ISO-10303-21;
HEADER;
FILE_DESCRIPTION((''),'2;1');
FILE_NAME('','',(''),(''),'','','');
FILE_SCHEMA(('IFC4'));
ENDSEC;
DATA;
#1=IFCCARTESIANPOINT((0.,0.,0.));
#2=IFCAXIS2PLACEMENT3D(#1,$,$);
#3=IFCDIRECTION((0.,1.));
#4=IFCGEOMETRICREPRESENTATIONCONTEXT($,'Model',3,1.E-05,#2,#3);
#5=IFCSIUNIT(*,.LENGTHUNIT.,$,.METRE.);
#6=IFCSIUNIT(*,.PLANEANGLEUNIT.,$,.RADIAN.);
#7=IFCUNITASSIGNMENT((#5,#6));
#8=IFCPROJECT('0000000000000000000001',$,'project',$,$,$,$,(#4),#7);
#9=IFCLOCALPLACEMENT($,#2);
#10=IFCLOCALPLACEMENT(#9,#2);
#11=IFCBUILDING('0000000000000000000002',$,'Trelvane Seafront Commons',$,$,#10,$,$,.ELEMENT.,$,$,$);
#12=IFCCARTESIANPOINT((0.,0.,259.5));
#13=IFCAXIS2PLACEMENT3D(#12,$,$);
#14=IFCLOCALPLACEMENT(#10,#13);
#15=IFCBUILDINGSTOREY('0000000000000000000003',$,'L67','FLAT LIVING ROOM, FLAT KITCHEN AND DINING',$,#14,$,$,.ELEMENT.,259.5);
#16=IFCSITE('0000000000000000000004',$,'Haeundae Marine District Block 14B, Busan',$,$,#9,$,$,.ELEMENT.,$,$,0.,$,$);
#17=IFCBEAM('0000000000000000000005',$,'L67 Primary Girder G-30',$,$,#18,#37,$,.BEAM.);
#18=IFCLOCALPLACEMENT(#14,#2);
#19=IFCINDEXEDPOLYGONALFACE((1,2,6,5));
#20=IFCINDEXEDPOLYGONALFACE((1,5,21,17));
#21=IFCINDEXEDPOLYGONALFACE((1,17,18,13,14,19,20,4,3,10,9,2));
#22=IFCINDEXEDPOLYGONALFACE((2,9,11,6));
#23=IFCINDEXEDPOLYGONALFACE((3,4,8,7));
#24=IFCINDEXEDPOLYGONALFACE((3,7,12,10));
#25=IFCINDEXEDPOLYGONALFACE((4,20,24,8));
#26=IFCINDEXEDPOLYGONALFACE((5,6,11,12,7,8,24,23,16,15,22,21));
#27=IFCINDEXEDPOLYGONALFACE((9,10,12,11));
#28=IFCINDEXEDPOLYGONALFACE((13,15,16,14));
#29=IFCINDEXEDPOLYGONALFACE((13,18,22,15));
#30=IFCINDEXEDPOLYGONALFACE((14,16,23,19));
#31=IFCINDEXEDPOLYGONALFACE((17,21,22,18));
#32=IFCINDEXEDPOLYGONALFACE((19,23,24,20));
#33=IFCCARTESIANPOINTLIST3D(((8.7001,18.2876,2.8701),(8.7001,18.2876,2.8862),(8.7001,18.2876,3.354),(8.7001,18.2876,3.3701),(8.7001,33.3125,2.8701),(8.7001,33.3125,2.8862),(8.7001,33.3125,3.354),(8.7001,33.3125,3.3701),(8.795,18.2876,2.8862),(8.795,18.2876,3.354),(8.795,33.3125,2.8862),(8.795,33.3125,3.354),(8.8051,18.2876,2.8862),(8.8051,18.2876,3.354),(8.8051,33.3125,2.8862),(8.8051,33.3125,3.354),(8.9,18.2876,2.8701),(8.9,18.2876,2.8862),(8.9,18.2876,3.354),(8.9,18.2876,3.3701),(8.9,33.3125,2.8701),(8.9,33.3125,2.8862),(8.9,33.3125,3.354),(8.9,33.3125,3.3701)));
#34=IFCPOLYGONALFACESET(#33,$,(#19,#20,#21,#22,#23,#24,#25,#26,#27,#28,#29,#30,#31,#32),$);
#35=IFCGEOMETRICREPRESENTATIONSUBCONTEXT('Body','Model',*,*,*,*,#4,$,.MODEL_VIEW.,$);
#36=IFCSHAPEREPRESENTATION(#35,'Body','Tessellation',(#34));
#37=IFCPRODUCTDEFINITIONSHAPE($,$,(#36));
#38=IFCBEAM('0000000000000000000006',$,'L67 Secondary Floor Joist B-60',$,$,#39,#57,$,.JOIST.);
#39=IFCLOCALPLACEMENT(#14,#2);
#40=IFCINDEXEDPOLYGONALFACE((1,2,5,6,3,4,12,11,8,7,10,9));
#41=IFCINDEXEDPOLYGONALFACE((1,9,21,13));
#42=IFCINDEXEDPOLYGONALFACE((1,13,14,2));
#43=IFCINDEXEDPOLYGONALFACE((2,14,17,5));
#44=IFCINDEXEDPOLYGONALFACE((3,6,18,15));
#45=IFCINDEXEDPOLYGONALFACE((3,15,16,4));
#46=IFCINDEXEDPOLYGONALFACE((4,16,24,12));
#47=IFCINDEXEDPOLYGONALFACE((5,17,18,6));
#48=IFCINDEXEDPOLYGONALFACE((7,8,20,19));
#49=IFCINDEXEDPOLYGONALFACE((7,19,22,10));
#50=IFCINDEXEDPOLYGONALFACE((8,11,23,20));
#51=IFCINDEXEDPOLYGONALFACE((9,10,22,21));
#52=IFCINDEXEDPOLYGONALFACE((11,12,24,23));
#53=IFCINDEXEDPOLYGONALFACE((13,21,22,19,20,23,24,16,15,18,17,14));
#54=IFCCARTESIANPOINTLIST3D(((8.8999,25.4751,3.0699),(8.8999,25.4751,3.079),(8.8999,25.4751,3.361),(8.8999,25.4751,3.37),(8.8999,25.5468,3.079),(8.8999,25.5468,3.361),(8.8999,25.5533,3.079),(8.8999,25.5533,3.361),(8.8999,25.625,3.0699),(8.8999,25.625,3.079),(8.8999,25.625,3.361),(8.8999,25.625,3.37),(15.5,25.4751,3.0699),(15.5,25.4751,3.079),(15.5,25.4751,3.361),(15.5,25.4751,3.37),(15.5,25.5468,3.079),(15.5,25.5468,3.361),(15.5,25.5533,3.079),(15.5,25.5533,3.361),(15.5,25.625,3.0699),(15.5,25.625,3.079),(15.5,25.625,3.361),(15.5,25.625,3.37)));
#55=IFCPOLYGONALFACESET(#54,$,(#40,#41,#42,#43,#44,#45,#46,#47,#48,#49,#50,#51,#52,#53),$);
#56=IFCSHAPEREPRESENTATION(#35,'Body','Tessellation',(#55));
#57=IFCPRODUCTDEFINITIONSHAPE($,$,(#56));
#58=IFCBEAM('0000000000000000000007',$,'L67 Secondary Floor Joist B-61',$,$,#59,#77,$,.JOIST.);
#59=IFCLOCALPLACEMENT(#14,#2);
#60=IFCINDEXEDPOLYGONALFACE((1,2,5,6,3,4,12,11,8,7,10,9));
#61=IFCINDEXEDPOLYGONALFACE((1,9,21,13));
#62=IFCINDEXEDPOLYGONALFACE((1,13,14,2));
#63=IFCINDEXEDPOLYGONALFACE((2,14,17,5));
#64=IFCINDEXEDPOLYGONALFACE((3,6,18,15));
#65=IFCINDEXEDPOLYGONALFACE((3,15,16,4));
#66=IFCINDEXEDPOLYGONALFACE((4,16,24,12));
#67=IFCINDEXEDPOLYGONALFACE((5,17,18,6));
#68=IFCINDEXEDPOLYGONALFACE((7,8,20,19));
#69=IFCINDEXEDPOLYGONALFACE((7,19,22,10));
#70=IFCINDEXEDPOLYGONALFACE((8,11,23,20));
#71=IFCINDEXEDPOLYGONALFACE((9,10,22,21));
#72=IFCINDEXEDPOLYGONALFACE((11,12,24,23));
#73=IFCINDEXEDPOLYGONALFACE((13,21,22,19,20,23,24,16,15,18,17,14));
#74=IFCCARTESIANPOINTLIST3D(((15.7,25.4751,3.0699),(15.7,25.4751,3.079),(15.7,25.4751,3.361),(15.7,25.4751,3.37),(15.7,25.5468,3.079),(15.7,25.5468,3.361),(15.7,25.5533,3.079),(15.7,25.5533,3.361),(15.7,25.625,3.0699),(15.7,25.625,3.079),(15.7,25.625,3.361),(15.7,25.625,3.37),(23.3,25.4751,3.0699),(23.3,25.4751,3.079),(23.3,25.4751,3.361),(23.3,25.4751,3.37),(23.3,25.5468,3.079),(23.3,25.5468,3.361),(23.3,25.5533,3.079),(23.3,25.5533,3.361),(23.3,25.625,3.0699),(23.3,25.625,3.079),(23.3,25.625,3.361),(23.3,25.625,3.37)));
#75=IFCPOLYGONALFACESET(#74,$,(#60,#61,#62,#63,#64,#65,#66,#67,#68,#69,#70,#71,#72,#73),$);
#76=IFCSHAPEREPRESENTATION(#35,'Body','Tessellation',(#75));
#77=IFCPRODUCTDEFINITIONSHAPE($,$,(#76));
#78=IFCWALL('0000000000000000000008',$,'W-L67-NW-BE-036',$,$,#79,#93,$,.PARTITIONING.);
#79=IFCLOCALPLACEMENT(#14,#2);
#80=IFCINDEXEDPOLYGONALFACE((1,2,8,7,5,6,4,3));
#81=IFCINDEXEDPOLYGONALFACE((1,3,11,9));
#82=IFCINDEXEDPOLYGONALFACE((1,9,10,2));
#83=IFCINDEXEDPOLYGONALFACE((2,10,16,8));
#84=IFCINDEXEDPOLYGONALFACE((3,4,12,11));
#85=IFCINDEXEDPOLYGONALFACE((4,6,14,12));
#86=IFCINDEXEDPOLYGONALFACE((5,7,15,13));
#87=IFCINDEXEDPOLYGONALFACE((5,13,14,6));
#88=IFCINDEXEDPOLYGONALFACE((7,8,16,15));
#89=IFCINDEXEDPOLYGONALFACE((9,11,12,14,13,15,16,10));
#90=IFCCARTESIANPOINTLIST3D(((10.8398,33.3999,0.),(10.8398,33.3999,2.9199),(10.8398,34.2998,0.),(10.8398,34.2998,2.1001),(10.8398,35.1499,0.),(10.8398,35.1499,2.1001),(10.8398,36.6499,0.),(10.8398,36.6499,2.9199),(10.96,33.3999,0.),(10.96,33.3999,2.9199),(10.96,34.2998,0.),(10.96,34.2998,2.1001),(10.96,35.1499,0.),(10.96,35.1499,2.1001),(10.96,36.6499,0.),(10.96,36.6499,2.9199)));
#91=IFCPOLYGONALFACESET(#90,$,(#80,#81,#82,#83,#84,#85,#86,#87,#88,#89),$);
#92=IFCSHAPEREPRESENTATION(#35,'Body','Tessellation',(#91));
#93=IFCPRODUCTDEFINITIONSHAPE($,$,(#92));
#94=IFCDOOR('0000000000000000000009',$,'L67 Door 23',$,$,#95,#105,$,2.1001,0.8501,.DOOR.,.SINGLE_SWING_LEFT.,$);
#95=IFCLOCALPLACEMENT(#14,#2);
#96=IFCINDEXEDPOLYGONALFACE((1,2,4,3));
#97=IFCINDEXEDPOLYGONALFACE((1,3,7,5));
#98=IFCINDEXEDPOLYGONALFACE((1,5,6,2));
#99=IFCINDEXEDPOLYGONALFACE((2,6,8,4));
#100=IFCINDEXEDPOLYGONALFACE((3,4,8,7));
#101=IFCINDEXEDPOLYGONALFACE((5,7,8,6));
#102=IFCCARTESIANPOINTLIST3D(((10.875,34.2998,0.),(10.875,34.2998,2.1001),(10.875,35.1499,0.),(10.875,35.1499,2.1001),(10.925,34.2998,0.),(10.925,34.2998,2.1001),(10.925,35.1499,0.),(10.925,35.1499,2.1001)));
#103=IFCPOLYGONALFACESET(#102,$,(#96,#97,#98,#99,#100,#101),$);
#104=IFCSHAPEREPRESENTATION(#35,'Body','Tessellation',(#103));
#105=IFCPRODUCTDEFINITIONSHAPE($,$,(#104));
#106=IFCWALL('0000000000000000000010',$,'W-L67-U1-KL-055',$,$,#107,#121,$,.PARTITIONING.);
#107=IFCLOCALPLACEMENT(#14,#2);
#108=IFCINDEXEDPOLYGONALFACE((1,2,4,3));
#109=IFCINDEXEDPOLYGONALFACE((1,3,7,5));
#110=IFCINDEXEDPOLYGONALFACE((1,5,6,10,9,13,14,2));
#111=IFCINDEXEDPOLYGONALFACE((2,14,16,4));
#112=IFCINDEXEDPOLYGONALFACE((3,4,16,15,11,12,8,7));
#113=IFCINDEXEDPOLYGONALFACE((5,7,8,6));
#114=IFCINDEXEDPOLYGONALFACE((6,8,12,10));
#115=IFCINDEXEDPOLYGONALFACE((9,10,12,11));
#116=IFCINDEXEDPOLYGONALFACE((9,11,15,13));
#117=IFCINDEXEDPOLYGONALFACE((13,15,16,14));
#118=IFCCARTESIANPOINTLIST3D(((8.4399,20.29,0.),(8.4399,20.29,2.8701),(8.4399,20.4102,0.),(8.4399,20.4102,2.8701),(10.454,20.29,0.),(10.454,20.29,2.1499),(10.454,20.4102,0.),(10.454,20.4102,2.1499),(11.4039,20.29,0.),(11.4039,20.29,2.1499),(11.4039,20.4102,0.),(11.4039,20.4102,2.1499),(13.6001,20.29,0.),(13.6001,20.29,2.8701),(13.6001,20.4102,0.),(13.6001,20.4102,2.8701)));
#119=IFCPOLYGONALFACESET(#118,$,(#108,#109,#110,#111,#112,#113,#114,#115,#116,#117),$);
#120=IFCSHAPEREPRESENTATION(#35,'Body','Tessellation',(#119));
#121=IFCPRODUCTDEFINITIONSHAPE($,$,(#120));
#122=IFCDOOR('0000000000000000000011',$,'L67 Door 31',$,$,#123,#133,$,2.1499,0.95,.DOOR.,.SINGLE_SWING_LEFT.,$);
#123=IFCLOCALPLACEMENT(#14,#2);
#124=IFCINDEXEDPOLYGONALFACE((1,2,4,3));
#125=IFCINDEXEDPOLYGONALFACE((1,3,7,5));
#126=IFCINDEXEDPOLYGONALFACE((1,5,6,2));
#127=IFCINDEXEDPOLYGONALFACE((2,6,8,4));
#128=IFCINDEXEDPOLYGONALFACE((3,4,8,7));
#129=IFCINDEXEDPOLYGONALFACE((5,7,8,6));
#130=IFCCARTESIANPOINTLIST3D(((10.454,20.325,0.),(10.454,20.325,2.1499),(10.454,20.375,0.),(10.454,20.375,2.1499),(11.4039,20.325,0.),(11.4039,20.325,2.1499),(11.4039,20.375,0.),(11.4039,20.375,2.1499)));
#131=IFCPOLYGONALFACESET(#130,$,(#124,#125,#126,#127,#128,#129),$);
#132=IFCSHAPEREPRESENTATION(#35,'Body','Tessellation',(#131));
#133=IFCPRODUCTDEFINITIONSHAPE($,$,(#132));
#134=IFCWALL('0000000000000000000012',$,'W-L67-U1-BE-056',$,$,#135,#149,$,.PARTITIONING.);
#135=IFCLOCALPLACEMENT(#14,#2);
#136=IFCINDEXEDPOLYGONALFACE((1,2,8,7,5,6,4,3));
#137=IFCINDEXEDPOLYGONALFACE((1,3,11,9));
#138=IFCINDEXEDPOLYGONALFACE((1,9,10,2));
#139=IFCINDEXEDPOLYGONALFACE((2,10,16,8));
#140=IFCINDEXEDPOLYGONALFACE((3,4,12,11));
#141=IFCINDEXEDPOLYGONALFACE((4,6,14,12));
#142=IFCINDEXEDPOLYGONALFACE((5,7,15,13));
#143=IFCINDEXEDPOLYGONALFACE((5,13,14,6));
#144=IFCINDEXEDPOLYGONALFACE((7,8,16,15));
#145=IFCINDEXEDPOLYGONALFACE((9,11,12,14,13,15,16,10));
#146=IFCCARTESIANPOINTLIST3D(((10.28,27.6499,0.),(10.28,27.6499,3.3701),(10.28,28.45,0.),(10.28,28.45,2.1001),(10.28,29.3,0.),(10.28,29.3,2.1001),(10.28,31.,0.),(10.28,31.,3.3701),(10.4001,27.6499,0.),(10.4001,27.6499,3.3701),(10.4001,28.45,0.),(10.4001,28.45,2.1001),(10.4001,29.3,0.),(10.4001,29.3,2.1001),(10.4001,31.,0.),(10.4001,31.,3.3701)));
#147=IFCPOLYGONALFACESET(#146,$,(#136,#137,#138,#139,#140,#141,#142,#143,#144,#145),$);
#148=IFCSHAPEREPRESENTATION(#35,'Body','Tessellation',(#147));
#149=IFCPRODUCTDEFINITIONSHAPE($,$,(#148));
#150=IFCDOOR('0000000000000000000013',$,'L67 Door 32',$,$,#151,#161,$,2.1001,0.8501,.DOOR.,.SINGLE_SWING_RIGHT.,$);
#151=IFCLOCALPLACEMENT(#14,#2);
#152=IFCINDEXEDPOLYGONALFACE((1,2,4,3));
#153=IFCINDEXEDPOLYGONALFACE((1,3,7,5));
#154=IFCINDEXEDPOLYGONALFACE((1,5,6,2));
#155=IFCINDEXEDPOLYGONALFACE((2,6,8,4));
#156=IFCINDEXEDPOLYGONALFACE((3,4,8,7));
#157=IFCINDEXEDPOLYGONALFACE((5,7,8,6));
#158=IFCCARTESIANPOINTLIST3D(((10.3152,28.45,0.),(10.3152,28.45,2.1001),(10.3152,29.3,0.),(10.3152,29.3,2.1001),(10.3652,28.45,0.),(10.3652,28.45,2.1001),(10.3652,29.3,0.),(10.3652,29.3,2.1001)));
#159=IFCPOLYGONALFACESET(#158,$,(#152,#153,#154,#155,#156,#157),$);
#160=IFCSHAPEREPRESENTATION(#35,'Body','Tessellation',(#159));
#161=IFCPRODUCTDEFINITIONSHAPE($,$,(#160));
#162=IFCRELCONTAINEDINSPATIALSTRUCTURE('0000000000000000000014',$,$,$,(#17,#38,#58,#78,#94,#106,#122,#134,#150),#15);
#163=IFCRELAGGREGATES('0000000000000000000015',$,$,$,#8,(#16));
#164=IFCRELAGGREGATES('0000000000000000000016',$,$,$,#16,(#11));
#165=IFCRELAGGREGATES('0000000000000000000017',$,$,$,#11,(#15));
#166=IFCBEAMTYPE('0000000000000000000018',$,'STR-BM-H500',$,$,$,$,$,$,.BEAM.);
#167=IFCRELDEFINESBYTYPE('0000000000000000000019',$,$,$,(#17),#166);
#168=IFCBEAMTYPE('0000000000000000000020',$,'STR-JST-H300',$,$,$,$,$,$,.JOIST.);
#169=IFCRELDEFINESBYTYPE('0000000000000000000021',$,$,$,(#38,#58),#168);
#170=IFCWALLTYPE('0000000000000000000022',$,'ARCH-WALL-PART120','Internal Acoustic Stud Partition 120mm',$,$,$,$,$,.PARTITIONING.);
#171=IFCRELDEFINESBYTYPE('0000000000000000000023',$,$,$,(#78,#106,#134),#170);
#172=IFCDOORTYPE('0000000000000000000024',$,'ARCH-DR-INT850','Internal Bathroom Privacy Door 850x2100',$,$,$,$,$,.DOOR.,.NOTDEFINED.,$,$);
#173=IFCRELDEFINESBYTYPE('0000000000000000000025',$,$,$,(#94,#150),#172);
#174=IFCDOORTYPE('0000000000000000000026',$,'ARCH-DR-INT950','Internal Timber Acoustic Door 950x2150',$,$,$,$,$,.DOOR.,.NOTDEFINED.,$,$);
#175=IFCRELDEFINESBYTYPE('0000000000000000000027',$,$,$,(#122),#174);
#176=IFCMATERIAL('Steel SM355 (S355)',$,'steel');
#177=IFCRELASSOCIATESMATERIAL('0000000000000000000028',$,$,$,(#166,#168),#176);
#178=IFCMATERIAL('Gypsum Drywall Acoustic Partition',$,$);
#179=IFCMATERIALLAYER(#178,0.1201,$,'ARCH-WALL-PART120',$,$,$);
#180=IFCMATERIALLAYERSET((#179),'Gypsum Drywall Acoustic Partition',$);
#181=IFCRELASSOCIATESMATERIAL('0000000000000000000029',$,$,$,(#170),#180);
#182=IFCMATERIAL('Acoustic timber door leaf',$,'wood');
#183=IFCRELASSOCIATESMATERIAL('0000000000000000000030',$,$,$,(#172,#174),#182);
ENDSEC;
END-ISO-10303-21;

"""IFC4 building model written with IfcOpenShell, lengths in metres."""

from ifc_helpers import new_model, si_unit, direction, frame, frame_2d, origin, origin_2d, place, context, subcontext, project, spatial, rectangle, i_section, extrude, source, transform, mapped, material, layer, layer_set, material_profile, profile_set, type_object, element, fill, save


model = new_model("IFC4")

# Units and contexts
model_context = context("Model", 3, precision=1e-05, world=origin(), true_north=direction((0.0, 1.0)))
body_context = subcontext(model_context, "Body", "Model", "MODEL_VIEW")
ifc_project = project(units=[si_unit("LENGTHUNIT", "METRE"), si_unit("PLANEANGLEUNIT", "RADIAN")], contexts=[model_context])

# Site, building, storey
site_placement = place(None, origin())
site = spatial("IfcSite", under=ifc_project, at=site_placement, Name="Haeundae Marine District Block 14B, Busan", CompositionType="ELEMENT", RefElevation=0.0)
building_placement = place(site_placement, origin())
building = spatial("IfcBuilding", under=site, at=building_placement, Name="Trelvane Seafront Commons", CompositionType="ELEMENT")
storey_placement = place(building_placement, frame((0.0, 0.0, 259.5)))
storey = spatial("IfcBuildingStorey", under=building, at=storey_placement, Name="L67", Description="FLAT LIVING ROOM, FLAT KITCHEN AND DINING", CompositionType="ELEMENT", Elevation=259.5)

# Shared definitions
ifc_material_1 = material(Name="Steel SM355 (S355)", Category="steel")

# Beams
ifc_material_profile_1 = material_profile(ifc_material_1, i_section(OverallWidth=0.2, OverallDepth=0.5, WebThickness=0.01, FlangeThickness=0.0161, at=origin_2d()), Name="H-500x200x10x16")
ifc_profile_set_1 = profile_set([ifc_material_profile_1], Name="Steel SM355 (S355)")
beam_type_1 = type_object("IfcBeamType", Name="STR-BM-H500", PredefinedType="BEAM", material=ifc_profile_set_1)
shared_shape_1 = source(origin(), body_context, "Body", "SweptSolid", [
    extrude(i_section(OverallWidth=0.2, OverallDepth=0.5, WebThickness=0.01, FlangeThickness=0.0161, at=origin_2d()), origin(), (0.0, 0.0, 1.0), 15.0249),
])
beam_1_placement = place(storey_placement, frame((8.8, 18.2876, 3.1201), z_axis=(0.0, 1.0, 0.0), x_axis=(-1.0, 0.0, 0.0)))
element("IfcBeam", 1, at=beam_1_placement, inside=storey, type_object=beam_type_1, Name="L67 Primary Girder G-30", PredefinedType="BEAM", context=body_context, shape_type="MappedRepresentation", body=[
    mapped(shared_shape_1, transform((0.0, 0.0, 0.0), x_axis=(1.0, 0.0, 0.0), y_axis=(0.0, 1.0, 0.0), z_axis=(0.0, 0.0, 1.0), scale=1.0)),
])
ifc_material_profile_2 = material_profile(ifc_material_1, i_section(OverallWidth=0.1499, OverallDepth=0.3, WebThickness=0.0066, FlangeThickness=0.009, at=origin_2d()), Name="H-300x150x6.5x9")
ifc_profile_set_2 = profile_set([ifc_material_profile_2], Name="Steel SM355 (S355)")
beam_type_2 = type_object("IfcBeamType", Name="STR-JST-H300", PredefinedType="JOIST", material=ifc_profile_set_2)
shared_shape_2 = source(origin(), body_context, "Body", "SweptSolid", [
    extrude(i_section(OverallWidth=0.1499, OverallDepth=0.3, WebThickness=0.0066, FlangeThickness=0.009, at=origin_2d()), origin(), (0.0, 0.0, 1.0), 6.6001),
])
beam_2_placement = place(storey_placement, frame((8.8999, 25.55, 3.22), z_axis=(1.0, 0.0, 0.0), x_axis=(0.0, 1.0, 0.0)))
element("IfcBeam", 2, at=beam_2_placement, inside=storey, type_object=beam_type_2, Name="L67 Secondary Floor Joist B-60", PredefinedType="JOIST", context=body_context, shape_type="MappedRepresentation", body=[
    mapped(shared_shape_2, transform((0.0, 0.0, 0.0), x_axis=(1.0, 0.0, 0.0), y_axis=(0.0, 1.0, 0.0), z_axis=(0.0, 0.0, 1.0), scale=1.0)),
])
shared_shape_3 = source(origin(), body_context, "Body", "SweptSolid", [
    extrude(i_section(OverallWidth=0.1499, OverallDepth=0.3, WebThickness=0.0066, FlangeThickness=0.009, at=origin_2d()), origin(), (0.0, 0.0, 1.0), 7.6001),
])
beam_3_placement = place(storey_placement, frame((15.7, 25.55, 3.22), z_axis=(1.0, 0.0, 0.0), x_axis=(0.0, 1.0, 0.0)))
element("IfcBeam", 3, at=beam_3_placement, inside=storey, type_object=beam_type_2, Name="L67 Secondary Floor Joist B-61", PredefinedType="JOIST", context=body_context, shape_type="MappedRepresentation", body=[
    mapped(shared_shape_3, transform((0.0, 0.0, 0.0), x_axis=(1.0, 0.0, 0.0), y_axis=(0.0, 1.0, 0.0), z_axis=(0.0, 0.0, 1.0), scale=1.0)),
])

# Walls, openings, doors
ifc_material_2 = material(Name="Gypsum Drywall Acoustic Partition")
ifc_layer_1 = layer(ifc_material_2, 0.1201, Name="ARCH-WALL-PART120")
ifc_layer_set_1 = layer_set([ifc_layer_1], Name="Gypsum Drywall Acoustic Partition")
wall_type_1 = type_object("IfcWallType", Name="ARCH-WALL-PART120", Description="Internal Acoustic Stud Partition 120mm", PredefinedType="PARTITIONING", material=ifc_layer_set_1)
wall_1_placement = place(storey_placement, frame((10.8999, 33.3999, 0.0), z_axis=(0.0, 0.0, 1.0), x_axis=(0.0, 1.0, 0.0)))
wall_1 = element("IfcWall", 4, at=wall_1_placement, inside=storey, type_object=wall_type_1, Name="W-L67-NW-BE-036", PredefinedType="PARTITIONING", context=body_context, shape_type="SweptSolid", body=[
    extrude(rectangle(XDim=3.25, YDim=0.1201, at=frame_2d((1.625, 0.0))), origin(), (0.0, 0.0, 1.0), 2.9199),
])
opening_1_placement = place(wall_1_placement, frame((0.8999, 0.0, 0.0)))
opening_1 = element("IfcOpeningElement", 5, at=opening_1_placement, cuts=wall_1, PredefinedType="OPENING", context=body_context, shape_type="SweptSolid", body=[
    extrude(rectangle(XDim=0.8501, YDim=2.1001, at=frame_2d((0.425, 1.05))), frame((0.0, 0.0701, 0.0), z_axis=(0.0, -1.0, 0.0), x_axis=(1.0, 0.0, 0.0)), (0.0, 0.0, 1.0), 0.1401),
])
ifc_material_3 = material(Name="Acoustic timber door leaf", Category="wood")
door_type_1 = type_object("IfcDoorType", Name="ARCH-DR-INT850", Description="Internal Bathroom Privacy Door 850x2100", OperationType="NOTDEFINED", PredefinedType="DOOR", material=ifc_material_3)
shared_shape_4 = source(origin(), body_context, "Body", "SweptSolid", [
    extrude(rectangle(XDim=0.8501, YDim=2.1001, at=frame_2d((0.425, 1.05))), frame((0.0, 0.0249, 0.0), z_axis=(0.0, -1.0, 0.0), x_axis=(1.0, 0.0, 0.0)), (0.0, 0.0, 1.0), 0.05),
])
door_1_placement = place(opening_1_placement, origin())
door_1 = element("IfcDoor", 6, at=door_1_placement, inside=storey, type_object=door_type_1, Name="L67 Door 23", OperationType="SINGLE_SWING_LEFT", OverallHeight=2.1001, OverallWidth=0.8501, PredefinedType="DOOR", context=body_context, shape_type="MappedRepresentation", body=[
    mapped(shared_shape_4, transform((0.0, 0.0, 0.0), x_axis=(1.0, 0.0, 0.0), y_axis=(0.0, 1.0, 0.0), z_axis=(0.0, 0.0, 1.0), scale=1.0)),
])
fill(opening_1, door_1)
wall_2_placement = place(storey_placement, frame((8.4399, 20.3501, 0.0), z_axis=(0.0, 0.0, 1.0), x_axis=(1.0, 0.0, 0.0)))
wall_2 = element("IfcWall", 7, at=wall_2_placement, inside=storey, type_object=wall_type_1, Name="W-L67-U1-KL-055", PredefinedType="PARTITIONING", context=body_context, shape_type="SweptSolid", body=[
    extrude(rectangle(XDim=5.1602, YDim=0.1201, at=frame_2d((2.5801, 0.0))), origin(), (0.0, 0.0, 1.0), 2.8701),
])
opening_2_placement = place(wall_2_placement, frame((2.0139, 0.0, 0.0)))
opening_2 = element("IfcOpeningElement", 8, at=opening_2_placement, cuts=wall_2, PredefinedType="OPENING", context=body_context, shape_type="SweptSolid", body=[
    extrude(rectangle(XDim=0.95, YDim=2.1499, at=frame_2d((0.4751, 1.075))), frame((0.0, 0.0701, 0.0), z_axis=(0.0, -1.0, 0.0), x_axis=(1.0, 0.0, 0.0)), (0.0, 0.0, 1.0), 0.1401),
])
door_type_2 = type_object("IfcDoorType", Name="ARCH-DR-INT950", Description="Internal Timber Acoustic Door 950x2150", OperationType="NOTDEFINED", PredefinedType="DOOR", material=ifc_material_3)
shared_shape_5 = source(origin(), body_context, "Body", "SweptSolid", [
    extrude(rectangle(XDim=0.95, YDim=2.1499, at=frame_2d((0.4751, 1.075))), frame((0.0, 0.0249, 0.0), z_axis=(0.0, -1.0, 0.0), x_axis=(1.0, 0.0, 0.0)), (0.0, 0.0, 1.0), 0.05),
])
door_2_placement = place(opening_2_placement, origin())
door_2 = element("IfcDoor", 9, at=door_2_placement, inside=storey, type_object=door_type_2, Name="L67 Door 31", OperationType="SINGLE_SWING_LEFT", OverallHeight=2.1499, OverallWidth=0.95, PredefinedType="DOOR", context=body_context, shape_type="MappedRepresentation", body=[
    mapped(shared_shape_5, transform((0.0, 0.0, 0.0), x_axis=(1.0, 0.0, 0.0), y_axis=(0.0, 1.0, 0.0), z_axis=(0.0, 0.0, 1.0), scale=1.0)),
])
fill(opening_2, door_2)
wall_3_placement = place(storey_placement, frame((10.3401, 27.6499, 0.0), z_axis=(0.0, 0.0, 1.0), x_axis=(0.0, 1.0, 0.0)))
wall_3 = element("IfcWall", 10, at=wall_3_placement, inside=storey, type_object=wall_type_1, Name="W-L67-U1-BE-056", PredefinedType="PARTITIONING", context=body_context, shape_type="SweptSolid", body=[
    extrude(rectangle(XDim=3.3501, YDim=0.1201, at=frame_2d((1.675, 0.0))), origin(), (0.0, 0.0, 1.0), 3.3701),
])
opening_3_placement = place(wall_3_placement, frame((0.8, 0.0, 0.0)))
opening_3 = element("IfcOpeningElement", 11, at=opening_3_placement, cuts=wall_3, PredefinedType="OPENING", context=body_context, shape_type="SweptSolid", body=[
    extrude(rectangle(XDim=0.8501, YDim=2.1001, at=frame_2d((0.425, 1.05))), frame((0.0, 0.0701, 0.0), z_axis=(0.0, -1.0, 0.0), x_axis=(1.0, 0.0, 0.0)), (0.0, 0.0, 1.0), 0.1401),
])
door_3_placement = place(opening_3_placement, origin())
door_3 = element("IfcDoor", 12, at=door_3_placement, inside=storey, type_object=door_type_1, Name="L67 Door 32", OperationType="SINGLE_SWING_RIGHT", OverallHeight=2.1001, OverallWidth=0.8501, PredefinedType="DOOR", context=body_context, shape_type="MappedRepresentation", body=[
    mapped(shared_shape_4, transform((0.0, 0.0, 0.0), x_axis=(1.0, 0.0, 0.0), y_axis=(0.0, 1.0, 0.0), z_axis=(0.0, 0.0, 1.0), scale=1.0)),
])
fill(opening_3, door_3)

save(model, "model.ifc")
